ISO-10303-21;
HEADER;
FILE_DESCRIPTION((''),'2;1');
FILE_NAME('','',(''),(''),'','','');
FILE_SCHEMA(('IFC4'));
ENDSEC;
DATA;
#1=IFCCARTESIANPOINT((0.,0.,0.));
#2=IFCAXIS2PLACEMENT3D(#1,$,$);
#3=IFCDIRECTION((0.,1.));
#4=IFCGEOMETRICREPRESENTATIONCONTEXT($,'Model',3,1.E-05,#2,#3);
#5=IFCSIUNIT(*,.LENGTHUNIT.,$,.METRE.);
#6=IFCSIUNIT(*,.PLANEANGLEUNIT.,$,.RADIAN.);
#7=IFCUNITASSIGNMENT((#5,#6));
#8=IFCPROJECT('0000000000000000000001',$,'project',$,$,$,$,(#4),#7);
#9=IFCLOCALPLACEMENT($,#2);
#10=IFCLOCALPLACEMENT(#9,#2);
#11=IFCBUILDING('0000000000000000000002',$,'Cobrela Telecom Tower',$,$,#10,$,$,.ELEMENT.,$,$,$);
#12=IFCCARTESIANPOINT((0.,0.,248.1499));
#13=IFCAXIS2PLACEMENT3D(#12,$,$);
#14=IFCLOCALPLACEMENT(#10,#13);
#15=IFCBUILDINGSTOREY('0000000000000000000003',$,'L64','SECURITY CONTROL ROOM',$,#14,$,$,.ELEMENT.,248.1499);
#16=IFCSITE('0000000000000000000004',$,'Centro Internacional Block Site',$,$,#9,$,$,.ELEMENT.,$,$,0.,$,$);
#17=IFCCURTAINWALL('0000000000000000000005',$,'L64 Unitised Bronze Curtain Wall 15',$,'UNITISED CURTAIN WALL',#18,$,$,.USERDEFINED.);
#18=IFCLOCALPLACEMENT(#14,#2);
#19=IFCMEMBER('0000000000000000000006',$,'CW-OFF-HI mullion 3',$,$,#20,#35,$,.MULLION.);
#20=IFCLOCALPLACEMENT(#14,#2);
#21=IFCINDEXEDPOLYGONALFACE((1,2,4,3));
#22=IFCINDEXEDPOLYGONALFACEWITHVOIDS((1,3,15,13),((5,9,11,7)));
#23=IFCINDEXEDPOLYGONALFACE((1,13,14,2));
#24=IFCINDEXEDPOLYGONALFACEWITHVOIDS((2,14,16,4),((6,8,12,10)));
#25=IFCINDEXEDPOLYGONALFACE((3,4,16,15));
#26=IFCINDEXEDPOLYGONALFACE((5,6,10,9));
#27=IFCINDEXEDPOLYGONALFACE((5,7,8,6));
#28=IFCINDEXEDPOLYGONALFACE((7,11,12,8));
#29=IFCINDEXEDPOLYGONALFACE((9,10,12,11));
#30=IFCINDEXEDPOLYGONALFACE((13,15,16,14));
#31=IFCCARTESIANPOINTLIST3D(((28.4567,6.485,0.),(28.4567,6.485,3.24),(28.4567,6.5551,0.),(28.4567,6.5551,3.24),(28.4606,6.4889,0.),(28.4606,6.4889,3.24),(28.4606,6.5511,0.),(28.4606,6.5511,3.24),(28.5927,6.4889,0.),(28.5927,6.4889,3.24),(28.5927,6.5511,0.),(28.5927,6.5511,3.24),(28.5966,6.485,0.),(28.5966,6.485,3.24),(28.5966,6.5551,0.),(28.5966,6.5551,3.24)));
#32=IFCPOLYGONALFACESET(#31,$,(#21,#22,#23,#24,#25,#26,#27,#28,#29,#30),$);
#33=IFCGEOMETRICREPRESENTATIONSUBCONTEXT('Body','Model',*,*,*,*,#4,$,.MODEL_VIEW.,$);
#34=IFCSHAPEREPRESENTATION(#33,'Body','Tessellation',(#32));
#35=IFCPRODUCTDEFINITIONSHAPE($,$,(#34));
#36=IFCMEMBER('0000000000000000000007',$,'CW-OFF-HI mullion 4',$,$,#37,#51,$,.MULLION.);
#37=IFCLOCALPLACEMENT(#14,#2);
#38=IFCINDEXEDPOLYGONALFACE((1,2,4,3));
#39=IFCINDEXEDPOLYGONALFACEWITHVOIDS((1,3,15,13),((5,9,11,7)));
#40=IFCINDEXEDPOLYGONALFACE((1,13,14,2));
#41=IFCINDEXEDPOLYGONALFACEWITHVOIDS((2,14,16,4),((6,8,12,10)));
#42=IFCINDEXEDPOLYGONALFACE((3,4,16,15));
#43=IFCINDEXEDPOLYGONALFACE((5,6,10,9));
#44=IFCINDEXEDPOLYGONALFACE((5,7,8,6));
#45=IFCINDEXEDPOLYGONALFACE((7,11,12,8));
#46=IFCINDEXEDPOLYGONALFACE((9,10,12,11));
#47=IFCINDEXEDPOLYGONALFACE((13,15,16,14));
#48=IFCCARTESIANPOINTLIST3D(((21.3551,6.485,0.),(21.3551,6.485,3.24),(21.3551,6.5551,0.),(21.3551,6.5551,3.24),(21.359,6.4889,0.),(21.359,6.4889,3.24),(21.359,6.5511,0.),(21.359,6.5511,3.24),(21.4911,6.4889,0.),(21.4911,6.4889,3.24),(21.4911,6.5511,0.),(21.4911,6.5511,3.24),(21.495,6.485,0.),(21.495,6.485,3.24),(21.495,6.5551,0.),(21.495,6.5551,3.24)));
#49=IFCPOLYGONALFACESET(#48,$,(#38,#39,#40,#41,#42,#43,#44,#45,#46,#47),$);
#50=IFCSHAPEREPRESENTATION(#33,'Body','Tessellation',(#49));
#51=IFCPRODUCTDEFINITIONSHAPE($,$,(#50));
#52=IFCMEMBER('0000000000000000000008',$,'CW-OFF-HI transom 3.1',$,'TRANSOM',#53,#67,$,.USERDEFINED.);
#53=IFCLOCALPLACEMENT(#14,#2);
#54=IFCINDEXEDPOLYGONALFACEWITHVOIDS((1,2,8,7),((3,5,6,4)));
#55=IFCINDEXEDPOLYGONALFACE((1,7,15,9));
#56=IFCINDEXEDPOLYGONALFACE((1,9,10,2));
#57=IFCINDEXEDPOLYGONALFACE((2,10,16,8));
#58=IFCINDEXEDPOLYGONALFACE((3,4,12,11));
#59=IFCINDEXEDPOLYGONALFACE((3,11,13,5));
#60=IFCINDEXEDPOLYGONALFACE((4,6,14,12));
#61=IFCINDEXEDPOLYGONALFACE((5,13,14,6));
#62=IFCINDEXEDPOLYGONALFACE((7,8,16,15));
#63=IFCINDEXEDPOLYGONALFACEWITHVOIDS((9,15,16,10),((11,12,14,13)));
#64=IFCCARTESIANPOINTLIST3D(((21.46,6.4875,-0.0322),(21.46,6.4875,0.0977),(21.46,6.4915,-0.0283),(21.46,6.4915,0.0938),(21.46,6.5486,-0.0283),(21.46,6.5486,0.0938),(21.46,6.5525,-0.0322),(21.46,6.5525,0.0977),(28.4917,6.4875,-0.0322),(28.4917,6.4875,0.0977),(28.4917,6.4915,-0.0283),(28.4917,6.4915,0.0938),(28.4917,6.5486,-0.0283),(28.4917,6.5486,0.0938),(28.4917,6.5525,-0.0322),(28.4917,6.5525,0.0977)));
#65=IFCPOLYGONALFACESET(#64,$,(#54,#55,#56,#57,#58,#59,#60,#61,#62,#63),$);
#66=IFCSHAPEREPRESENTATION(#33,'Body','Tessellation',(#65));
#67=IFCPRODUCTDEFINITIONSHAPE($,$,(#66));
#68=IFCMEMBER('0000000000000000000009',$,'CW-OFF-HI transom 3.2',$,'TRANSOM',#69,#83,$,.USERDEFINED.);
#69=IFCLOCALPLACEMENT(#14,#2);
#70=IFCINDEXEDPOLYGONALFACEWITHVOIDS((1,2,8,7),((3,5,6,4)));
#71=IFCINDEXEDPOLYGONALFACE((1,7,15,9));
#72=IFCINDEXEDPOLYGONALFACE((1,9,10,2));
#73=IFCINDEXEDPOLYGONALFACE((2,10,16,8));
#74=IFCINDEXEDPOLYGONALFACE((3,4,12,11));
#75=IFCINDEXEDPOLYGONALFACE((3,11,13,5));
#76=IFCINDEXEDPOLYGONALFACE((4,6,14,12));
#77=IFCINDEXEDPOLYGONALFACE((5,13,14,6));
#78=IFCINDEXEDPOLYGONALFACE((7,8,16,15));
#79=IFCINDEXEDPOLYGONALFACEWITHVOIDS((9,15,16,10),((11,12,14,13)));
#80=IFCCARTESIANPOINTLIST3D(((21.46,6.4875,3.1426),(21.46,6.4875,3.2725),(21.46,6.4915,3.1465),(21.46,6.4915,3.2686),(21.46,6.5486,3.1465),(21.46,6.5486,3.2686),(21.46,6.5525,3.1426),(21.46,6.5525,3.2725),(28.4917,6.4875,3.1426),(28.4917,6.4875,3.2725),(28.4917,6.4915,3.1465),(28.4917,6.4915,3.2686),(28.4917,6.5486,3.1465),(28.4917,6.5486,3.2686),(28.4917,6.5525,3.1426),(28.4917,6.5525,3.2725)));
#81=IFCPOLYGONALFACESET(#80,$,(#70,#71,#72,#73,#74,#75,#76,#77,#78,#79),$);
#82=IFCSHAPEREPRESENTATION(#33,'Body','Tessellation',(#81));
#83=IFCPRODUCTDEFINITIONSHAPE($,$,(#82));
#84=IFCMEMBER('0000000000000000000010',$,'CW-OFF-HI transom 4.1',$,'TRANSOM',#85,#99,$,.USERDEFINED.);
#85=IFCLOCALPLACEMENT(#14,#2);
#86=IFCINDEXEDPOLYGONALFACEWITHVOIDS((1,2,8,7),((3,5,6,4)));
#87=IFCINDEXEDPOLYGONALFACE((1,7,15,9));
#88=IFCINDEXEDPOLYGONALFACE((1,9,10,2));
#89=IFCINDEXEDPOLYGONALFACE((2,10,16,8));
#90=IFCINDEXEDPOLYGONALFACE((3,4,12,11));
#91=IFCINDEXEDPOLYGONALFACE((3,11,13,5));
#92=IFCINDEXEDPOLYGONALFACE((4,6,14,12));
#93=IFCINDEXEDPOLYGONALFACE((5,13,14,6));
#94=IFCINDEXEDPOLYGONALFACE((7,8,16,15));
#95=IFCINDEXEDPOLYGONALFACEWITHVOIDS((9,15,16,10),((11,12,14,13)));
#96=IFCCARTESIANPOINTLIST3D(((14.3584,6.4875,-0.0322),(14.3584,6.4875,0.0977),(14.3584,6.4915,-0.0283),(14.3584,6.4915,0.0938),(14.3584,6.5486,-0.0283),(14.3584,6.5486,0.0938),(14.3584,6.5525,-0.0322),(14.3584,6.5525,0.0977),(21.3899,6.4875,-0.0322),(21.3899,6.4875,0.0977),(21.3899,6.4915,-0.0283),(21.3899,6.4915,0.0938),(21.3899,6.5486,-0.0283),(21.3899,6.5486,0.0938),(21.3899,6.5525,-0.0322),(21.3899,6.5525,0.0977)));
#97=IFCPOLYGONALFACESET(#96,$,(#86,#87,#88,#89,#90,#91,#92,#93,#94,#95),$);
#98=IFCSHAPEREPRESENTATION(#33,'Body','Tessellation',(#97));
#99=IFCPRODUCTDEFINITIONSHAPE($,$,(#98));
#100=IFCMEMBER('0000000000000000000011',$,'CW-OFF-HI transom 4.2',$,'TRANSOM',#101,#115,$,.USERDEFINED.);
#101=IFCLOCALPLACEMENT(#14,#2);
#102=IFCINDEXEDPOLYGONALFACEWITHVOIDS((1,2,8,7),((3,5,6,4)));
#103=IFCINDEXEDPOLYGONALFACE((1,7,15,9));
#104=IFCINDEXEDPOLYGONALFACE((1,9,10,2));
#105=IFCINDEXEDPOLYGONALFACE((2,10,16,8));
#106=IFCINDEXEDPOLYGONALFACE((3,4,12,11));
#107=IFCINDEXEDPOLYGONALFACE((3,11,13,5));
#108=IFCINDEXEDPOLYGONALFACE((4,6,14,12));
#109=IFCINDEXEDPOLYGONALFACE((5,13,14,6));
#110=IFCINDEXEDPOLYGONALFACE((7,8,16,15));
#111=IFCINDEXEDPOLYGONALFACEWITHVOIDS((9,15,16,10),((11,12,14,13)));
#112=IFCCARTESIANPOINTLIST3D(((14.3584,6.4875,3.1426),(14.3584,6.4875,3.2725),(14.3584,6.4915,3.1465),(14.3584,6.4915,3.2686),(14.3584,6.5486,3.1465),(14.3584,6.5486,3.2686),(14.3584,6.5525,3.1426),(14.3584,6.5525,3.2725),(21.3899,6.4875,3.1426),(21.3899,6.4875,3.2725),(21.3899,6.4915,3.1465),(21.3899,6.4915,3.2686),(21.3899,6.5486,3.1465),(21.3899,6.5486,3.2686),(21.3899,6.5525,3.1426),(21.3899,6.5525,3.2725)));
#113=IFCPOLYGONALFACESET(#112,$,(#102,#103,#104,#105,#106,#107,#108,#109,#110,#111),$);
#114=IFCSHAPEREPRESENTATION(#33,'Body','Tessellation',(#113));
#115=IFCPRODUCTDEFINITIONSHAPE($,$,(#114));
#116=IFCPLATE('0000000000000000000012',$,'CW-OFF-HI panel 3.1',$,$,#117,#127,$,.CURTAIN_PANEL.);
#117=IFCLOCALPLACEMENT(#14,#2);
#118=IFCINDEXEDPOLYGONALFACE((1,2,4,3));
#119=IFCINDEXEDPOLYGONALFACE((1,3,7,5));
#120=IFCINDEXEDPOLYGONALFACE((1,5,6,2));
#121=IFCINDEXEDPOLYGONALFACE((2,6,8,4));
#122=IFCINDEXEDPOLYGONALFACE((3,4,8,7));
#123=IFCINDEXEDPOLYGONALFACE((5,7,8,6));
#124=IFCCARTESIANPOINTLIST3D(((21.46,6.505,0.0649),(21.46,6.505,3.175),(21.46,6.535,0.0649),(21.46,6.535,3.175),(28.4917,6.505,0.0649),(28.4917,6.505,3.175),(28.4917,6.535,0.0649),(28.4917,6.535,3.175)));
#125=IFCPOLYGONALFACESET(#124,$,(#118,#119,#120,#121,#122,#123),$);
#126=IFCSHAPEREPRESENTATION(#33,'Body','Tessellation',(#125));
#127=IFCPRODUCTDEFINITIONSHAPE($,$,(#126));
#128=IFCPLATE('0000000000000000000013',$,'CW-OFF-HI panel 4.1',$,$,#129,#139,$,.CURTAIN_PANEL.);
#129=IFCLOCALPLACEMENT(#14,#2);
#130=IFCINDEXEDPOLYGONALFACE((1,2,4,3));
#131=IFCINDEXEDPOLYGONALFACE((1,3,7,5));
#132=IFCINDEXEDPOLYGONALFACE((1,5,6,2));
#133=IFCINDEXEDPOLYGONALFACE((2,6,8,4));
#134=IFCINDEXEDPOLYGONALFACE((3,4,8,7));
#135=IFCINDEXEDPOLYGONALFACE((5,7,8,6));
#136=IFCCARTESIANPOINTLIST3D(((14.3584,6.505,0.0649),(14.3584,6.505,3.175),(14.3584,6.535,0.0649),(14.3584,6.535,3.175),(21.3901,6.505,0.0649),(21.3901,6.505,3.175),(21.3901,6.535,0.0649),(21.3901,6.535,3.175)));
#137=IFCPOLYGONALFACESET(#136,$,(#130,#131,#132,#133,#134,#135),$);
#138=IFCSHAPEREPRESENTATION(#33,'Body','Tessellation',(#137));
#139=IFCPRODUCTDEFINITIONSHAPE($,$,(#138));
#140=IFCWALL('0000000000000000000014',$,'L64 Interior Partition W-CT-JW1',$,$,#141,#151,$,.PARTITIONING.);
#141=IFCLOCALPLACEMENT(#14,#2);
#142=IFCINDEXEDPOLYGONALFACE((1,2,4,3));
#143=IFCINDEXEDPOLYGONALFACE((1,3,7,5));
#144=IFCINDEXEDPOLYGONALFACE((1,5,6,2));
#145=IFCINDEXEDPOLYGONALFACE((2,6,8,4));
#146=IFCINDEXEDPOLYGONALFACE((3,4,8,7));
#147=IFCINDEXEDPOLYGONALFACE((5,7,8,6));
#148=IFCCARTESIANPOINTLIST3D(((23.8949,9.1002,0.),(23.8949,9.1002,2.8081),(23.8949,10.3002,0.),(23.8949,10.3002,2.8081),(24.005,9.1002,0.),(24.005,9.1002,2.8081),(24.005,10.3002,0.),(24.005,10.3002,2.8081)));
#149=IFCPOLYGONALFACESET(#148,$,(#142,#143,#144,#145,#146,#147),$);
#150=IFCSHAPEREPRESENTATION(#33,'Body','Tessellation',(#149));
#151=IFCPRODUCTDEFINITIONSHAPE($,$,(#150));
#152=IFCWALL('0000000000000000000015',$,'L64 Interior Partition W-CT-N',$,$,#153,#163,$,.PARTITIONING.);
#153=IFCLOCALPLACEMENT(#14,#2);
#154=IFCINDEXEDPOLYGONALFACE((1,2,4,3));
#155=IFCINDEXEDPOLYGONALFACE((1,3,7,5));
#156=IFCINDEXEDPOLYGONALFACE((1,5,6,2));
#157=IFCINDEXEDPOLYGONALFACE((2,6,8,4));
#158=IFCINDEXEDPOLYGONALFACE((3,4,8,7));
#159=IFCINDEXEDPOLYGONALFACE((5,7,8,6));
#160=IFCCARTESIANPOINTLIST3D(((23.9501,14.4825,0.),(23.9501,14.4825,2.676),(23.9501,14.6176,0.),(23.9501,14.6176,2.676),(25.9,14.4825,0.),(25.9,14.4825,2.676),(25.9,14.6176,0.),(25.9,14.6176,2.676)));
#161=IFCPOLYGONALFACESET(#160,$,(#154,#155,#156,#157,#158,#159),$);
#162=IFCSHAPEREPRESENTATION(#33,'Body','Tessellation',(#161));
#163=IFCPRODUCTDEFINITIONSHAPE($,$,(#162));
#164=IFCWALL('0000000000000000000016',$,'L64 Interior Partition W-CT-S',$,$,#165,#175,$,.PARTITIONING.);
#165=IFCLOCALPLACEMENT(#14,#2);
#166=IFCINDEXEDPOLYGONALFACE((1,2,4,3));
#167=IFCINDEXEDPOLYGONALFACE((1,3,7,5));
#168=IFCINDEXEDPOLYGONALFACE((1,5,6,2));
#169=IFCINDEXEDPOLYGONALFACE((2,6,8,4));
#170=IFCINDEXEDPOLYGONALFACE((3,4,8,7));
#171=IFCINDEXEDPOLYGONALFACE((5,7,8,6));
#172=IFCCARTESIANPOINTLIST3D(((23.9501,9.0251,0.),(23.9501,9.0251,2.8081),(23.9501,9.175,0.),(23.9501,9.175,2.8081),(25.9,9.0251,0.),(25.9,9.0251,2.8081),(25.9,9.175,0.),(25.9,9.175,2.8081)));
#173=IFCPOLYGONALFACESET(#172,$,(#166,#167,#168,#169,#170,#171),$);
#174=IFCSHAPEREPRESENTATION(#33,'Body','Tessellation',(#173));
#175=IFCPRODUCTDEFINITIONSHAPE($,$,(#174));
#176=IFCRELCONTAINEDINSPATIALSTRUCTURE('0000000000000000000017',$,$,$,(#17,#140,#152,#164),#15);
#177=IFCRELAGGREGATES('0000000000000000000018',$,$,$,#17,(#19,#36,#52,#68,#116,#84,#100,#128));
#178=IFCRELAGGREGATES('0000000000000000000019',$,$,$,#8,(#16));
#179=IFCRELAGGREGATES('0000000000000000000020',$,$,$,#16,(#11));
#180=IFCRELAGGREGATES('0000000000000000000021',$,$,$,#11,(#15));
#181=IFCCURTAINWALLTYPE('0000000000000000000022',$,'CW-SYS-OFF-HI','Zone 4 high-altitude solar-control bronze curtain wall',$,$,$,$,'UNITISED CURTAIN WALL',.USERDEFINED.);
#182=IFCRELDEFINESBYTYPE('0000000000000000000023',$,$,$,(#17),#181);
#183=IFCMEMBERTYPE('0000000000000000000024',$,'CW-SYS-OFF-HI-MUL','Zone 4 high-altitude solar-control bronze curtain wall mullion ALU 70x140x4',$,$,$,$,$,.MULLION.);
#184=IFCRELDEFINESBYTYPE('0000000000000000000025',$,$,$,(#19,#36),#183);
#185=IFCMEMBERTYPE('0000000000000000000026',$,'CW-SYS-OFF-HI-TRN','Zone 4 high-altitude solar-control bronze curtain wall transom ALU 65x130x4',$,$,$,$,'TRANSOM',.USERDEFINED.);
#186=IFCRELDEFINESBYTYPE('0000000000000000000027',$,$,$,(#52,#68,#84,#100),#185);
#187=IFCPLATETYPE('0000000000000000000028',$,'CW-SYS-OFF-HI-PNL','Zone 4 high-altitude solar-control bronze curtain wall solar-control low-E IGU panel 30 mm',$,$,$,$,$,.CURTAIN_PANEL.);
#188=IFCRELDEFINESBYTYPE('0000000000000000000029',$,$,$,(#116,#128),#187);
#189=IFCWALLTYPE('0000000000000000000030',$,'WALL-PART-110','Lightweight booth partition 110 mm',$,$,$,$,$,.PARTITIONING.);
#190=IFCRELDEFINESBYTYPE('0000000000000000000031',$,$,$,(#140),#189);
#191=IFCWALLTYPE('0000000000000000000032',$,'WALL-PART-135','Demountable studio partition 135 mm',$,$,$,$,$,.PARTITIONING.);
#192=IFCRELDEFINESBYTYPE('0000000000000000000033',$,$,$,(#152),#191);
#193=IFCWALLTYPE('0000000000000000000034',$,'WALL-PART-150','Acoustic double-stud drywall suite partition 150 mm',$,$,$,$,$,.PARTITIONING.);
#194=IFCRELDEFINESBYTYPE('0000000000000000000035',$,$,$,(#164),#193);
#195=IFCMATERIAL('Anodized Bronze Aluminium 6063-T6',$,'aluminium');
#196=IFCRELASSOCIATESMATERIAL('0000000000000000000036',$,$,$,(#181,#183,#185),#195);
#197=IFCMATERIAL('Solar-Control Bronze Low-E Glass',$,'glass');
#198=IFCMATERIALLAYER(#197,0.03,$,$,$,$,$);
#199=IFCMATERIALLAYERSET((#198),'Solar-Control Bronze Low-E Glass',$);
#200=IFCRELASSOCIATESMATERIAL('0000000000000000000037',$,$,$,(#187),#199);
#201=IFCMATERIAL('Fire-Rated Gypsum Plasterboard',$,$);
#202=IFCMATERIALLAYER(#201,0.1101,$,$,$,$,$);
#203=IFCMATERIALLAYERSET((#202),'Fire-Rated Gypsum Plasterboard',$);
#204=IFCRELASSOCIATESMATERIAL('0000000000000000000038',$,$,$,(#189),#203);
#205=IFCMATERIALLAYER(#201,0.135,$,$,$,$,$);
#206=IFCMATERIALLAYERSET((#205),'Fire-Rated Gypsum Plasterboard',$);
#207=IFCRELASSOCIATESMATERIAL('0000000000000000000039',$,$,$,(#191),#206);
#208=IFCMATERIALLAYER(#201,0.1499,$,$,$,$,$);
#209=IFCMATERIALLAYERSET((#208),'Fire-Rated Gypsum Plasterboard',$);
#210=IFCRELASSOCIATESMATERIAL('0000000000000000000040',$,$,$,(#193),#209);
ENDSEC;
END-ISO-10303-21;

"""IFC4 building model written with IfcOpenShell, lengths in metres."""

from ifc_helpers import new_model, si_unit, direction, frame, frame_2d, origin, origin_2d, place, context, subcontext, project, spatial, rectangle, hollow_rectangle, extrude, material, layer, layer_set, material_profile, profile_set, type_object, element, aggregate, save


model = new_model("IFC4")

# Units and contexts
model_context = context("Model", 3, precision=1e-05, world=origin(), true_north=direction((0.0, 1.0)))
body_context = subcontext(model_context, "Body", "Model", "MODEL_VIEW")
ifc_project = project(units=[si_unit("LENGTHUNIT", "METRE"), si_unit("PLANEANGLEUNIT", "RADIAN")], contexts=[model_context])

# Site, building, storey
site_placement = place(None, origin())
site = spatial("IfcSite", under=ifc_project, at=site_placement, Name="Centro Internacional Block Site", CompositionType="ELEMENT", RefElevation=0.0)
building_placement = place(site_placement, origin())
building = spatial("IfcBuilding", under=site, at=building_placement, Name="Cobrela Telecom Tower", CompositionType="ELEMENT")
storey_placement = place(building_placement, frame((0.0, 0.0, 248.1499)))
storey = spatial("IfcBuildingStorey", under=building, at=storey_placement, Name="L64", Description="SECURITY CONTROL ROOM", CompositionType="ELEMENT", Elevation=248.1499)

# Curtain wall, members, plates
ifc_material_1 = material(Name="Anodized Bronze Aluminium 6063-T6", Category="aluminium")
curtain_wall_type = type_object("IfcCurtainWallType", Name="CW-SYS-OFF-HI", Description="Zone 4 high-altitude solar-control bronze curtain wall", ElementType="UNITISED CURTAIN WALL", PredefinedType="USERDEFINED", material=ifc_material_1)
curtain_wall_placement = place(storey_placement, origin())
curtain_wall = element("IfcCurtainWall", 1, at=curtain_wall_placement, inside=storey, type_object=curtain_wall_type, Name="L64 Unitised Bronze Curtain Wall 15", ObjectType="UNITISED CURTAIN WALL", PredefinedType="USERDEFINED")
ifc_material_profile_1 = material_profile(ifc_material_1, hollow_rectangle(XDim=0.0701, YDim=0.1399, WallThickness=0.0039, at=origin_2d()), Name="ALU 70x140x4")
ifc_profile_set_1 = profile_set([ifc_material_profile_1], Name="Anodized Bronze Aluminium 6063-T6")
member_type_1 = type_object("IfcMemberType", Name="CW-SYS-OFF-HI-MUL", Description="Zone 4 high-altitude solar-control bronze curtain wall mullion ALU 70x140x4", PredefinedType="MULLION", material=ifc_profile_set_1)
member_1_placement = place(storey_placement, frame((28.5266, 6.52, 0.0), z_axis=(0.0, 0.0, 1.0), x_axis=(0.0, -1.0, 0.0)))
member_1 = element("IfcMember", 2, at=member_1_placement, type_object=member_type_1, Name="CW-OFF-HI mullion 3", PredefinedType="MULLION", context=body_context, shape_type="SweptSolid", body=[
    extrude(hollow_rectangle(XDim=0.0701, YDim=0.1399, WallThickness=0.0039, at=origin_2d()), origin(), (0.0, 0.0, 1.0), 3.24),
])
member_2_placement = place(storey_placement, frame((21.425, 6.52, 0.0), z_axis=(0.0, 0.0, 1.0), x_axis=(0.0, -1.0, 0.0)))
member_2 = element("IfcMember", 3, at=member_2_placement, type_object=member_type_1, Name="CW-OFF-HI mullion 4", PredefinedType="MULLION", context=body_context, shape_type="SweptSolid", body=[
    extrude(hollow_rectangle(XDim=0.0701, YDim=0.1399, WallThickness=0.0039, at=origin_2d()), origin(), (0.0, 0.0, 1.0), 3.24),
])
ifc_material_profile_2 = material_profile(ifc_material_1, hollow_rectangle(XDim=0.0649, YDim=0.1299, WallThickness=0.0039, at=origin_2d()), Name="ALU 65x130x4")
ifc_profile_set_2 = profile_set([ifc_material_profile_2], Name="Anodized Bronze Aluminium 6063-T6")
member_type_2 = type_object("IfcMemberType", Name="CW-SYS-OFF-HI-TRN", Description="Zone 4 high-altitude solar-control bronze curtain wall transom ALU 65x130x4", ElementType="TRANSOM", PredefinedType="USERDEFINED", material=ifc_profile_set_2)
member_3_placement = place(storey_placement, frame((28.4917, 6.52, 0.0327), z_axis=(-1.0, 0.0, 0.0), x_axis=(0.0, -1.0, 0.0)))
member_3 = element("IfcMember", 4, at=member_3_placement, type_object=member_type_2, Name="CW-OFF-HI transom 3.1", ObjectType="TRANSOM", PredefinedType="USERDEFINED", context=body_context, shape_type="SweptSolid", body=[
    extrude(hollow_rectangle(XDim=0.0649, YDim=0.1299, WallThickness=0.0039, at=origin_2d()), origin(), (0.0, 0.0, 1.0), 7.0317),
])
member_4_placement = place(storey_placement, frame((28.4917, 6.52, 3.2075), z_axis=(-1.0, 0.0, 0.0), x_axis=(0.0, -1.0, 0.0)))
member_4 = element("IfcMember", 5, at=member_4_placement, type_object=member_type_2, Name="CW-OFF-HI transom 3.2", ObjectType="TRANSOM", PredefinedType="USERDEFINED", context=body_context, shape_type="SweptSolid", body=[
    extrude(hollow_rectangle(XDim=0.0649, YDim=0.1299, WallThickness=0.0039, at=origin_2d()), origin(), (0.0, 0.0, 1.0), 7.0317),
])
member_5_placement = place(storey_placement, frame((21.3899, 6.52, 0.0327), z_axis=(-1.0, 0.0, 0.0), x_axis=(0.0, -1.0, 0.0)))
member_5 = element("IfcMember", 6, at=member_5_placement, type_object=member_type_2, Name="CW-OFF-HI transom 4.1", ObjectType="TRANSOM", PredefinedType="USERDEFINED", context=body_context, shape_type="SweptSolid", body=[
    extrude(hollow_rectangle(XDim=0.0649, YDim=0.1299, WallThickness=0.0039, at=origin_2d()), origin(), (0.0, 0.0, 1.0), 7.0315),
])
member_6_placement = place(storey_placement, frame((21.3899, 6.52, 3.2075), z_axis=(-1.0, 0.0, 0.0), x_axis=(0.0, -1.0, 0.0)))
member_6 = element("IfcMember", 7, at=member_6_placement, type_object=member_type_2, Name="CW-OFF-HI transom 4.2", ObjectType="TRANSOM", PredefinedType="USERDEFINED", context=body_context, shape_type="SweptSolid", body=[
    extrude(hollow_rectangle(XDim=0.0649, YDim=0.1299, WallThickness=0.0039, at=origin_2d()), origin(), (0.0, 0.0, 1.0), 7.0315),
])
ifc_material_2 = material(Name="Solar-Control Bronze Low-E Glass", Category="glass")
ifc_layer_1 = layer(ifc_material_2, 0.03)
ifc_layer_set_1 = layer_set([ifc_layer_1], Name="Solar-Control Bronze Low-E Glass")
plate_type = type_object("IfcPlateType", Name="CW-SYS-OFF-HI-PNL", Description="Zone 4 high-altitude solar-control bronze curtain wall solar-control low-E IGU panel 30 mm", PredefinedType="CURTAIN_PANEL", material=ifc_layer_set_1)
plate_1_placement = place(storey_placement, frame((24.9758, 6.52, 0.0649), z_axis=(0.0, 0.0, 1.0), x_axis=(-1.0, 0.0, 0.0)))
plate_1 = element("IfcPlate", 8, at=plate_1_placement, type_object=plate_type, Name="CW-OFF-HI panel 3.1", PredefinedType="CURTAIN_PANEL", context=body_context, shape_type="SweptSolid", body=[
    extrude(rectangle(XDim=7.0317, YDim=0.03, at=origin_2d()), origin(), (0.0, 0.0, 1.0), 3.1101),
])
plate_2_placement = place(storey_placement, frame((17.8743, 6.52, 0.0649), z_axis=(0.0, 0.0, 1.0), x_axis=(-1.0, 0.0, 0.0)))
plate_2 = element("IfcPlate", 9, at=plate_2_placement, type_object=plate_type, Name="CW-OFF-HI panel 4.1", PredefinedType="CURTAIN_PANEL", context=body_context, shape_type="SweptSolid", body=[
    extrude(rectangle(XDim=7.0317, YDim=0.03, at=origin_2d()), origin(), (0.0, 0.0, 1.0), 3.1101),
])
aggregate(curtain_wall, [member_1, member_2, member_3, member_4, plate_1, member_5, member_6, plate_2])

# Walls
ifc_material_3 = material(Name="Fire-Rated Gypsum Plasterboard")
ifc_layer_2 = layer(ifc_material_3, 0.1101)
ifc_layer_set_2 = layer_set([ifc_layer_2], Name="Fire-Rated Gypsum Plasterboard")
wall_type_1 = type_object("IfcWallType", Name="WALL-PART-110", Description="Lightweight booth partition 110 mm", PredefinedType="PARTITIONING", material=ifc_layer_set_2)
wall_1_placement = place(storey_placement, frame((23.95, 9.1001, 0.0), z_axis=(0.0, 0.0, 1.0), x_axis=(0.0, 1.0, 0.0)))
element("IfcWall", 10, at=wall_1_placement, inside=storey, type_object=wall_type_1, Name="L64 Interior Partition W-CT-JW1", PredefinedType="PARTITIONING", context=body_context, shape_type="SweptSolid", body=[
    extrude(rectangle(XDim=1.2, YDim=0.1101, at=frame_2d((0.6001, 0.0))), origin(), (0.0, 0.0, 1.0), 2.8081),
])
ifc_layer_3 = layer(ifc_material_3, 0.135)
ifc_layer_set_3 = layer_set([ifc_layer_3], Name="Fire-Rated Gypsum Plasterboard")
wall_type_2 = type_object("IfcWallType", Name="WALL-PART-135", Description="Demountable studio partition 135 mm", PredefinedType="PARTITIONING", material=ifc_layer_set_3)
wall_2_placement = place(storey_placement, frame((23.95, 14.55, 0.0), z_axis=(0.0, 0.0, 1.0), x_axis=(1.0, 0.0, 0.0)))
element("IfcWall", 11, at=wall_2_placement, inside=storey, type_object=wall_type_2, Name="L64 Interior Partition W-CT-N", PredefinedType="PARTITIONING", context=body_context, shape_type="SweptSolid", body=[
    extrude(rectangle(XDim=1.95, YDim=0.135, at=frame_2d((0.9751, 0.0))), origin(), (0.0, 0.0, 1.0), 2.676),
])
ifc_layer_4 = layer(ifc_material_3, 0.1499)
ifc_layer_set_4 = layer_set([ifc_layer_4], Name="Fire-Rated Gypsum Plasterboard")
wall_type_3 = type_object("IfcWallType", Name="WALL-PART-150", Description="Acoustic double-stud drywall suite partition 150 mm", PredefinedType="PARTITIONING", material=ifc_layer_set_4)
wall_3_placement = place(storey_placement, frame((23.95, 9.1001, 0.0), z_axis=(0.0, 0.0, 1.0), x_axis=(1.0, 0.0, 0.0)))
element("IfcWall", 12, at=wall_3_placement, inside=storey, type_object=wall_type_3, Name="L64 Interior Partition W-CT-S", PredefinedType="PARTITIONING", context=body_context, shape_type="SweptSolid", body=[
    extrude(rectangle(XDim=1.95, YDim=0.1499, at=frame_2d((0.9751, 0.0))), origin(), (0.0, 0.0, 1.0), 2.8081),
])

save(model, "model.ifc")
